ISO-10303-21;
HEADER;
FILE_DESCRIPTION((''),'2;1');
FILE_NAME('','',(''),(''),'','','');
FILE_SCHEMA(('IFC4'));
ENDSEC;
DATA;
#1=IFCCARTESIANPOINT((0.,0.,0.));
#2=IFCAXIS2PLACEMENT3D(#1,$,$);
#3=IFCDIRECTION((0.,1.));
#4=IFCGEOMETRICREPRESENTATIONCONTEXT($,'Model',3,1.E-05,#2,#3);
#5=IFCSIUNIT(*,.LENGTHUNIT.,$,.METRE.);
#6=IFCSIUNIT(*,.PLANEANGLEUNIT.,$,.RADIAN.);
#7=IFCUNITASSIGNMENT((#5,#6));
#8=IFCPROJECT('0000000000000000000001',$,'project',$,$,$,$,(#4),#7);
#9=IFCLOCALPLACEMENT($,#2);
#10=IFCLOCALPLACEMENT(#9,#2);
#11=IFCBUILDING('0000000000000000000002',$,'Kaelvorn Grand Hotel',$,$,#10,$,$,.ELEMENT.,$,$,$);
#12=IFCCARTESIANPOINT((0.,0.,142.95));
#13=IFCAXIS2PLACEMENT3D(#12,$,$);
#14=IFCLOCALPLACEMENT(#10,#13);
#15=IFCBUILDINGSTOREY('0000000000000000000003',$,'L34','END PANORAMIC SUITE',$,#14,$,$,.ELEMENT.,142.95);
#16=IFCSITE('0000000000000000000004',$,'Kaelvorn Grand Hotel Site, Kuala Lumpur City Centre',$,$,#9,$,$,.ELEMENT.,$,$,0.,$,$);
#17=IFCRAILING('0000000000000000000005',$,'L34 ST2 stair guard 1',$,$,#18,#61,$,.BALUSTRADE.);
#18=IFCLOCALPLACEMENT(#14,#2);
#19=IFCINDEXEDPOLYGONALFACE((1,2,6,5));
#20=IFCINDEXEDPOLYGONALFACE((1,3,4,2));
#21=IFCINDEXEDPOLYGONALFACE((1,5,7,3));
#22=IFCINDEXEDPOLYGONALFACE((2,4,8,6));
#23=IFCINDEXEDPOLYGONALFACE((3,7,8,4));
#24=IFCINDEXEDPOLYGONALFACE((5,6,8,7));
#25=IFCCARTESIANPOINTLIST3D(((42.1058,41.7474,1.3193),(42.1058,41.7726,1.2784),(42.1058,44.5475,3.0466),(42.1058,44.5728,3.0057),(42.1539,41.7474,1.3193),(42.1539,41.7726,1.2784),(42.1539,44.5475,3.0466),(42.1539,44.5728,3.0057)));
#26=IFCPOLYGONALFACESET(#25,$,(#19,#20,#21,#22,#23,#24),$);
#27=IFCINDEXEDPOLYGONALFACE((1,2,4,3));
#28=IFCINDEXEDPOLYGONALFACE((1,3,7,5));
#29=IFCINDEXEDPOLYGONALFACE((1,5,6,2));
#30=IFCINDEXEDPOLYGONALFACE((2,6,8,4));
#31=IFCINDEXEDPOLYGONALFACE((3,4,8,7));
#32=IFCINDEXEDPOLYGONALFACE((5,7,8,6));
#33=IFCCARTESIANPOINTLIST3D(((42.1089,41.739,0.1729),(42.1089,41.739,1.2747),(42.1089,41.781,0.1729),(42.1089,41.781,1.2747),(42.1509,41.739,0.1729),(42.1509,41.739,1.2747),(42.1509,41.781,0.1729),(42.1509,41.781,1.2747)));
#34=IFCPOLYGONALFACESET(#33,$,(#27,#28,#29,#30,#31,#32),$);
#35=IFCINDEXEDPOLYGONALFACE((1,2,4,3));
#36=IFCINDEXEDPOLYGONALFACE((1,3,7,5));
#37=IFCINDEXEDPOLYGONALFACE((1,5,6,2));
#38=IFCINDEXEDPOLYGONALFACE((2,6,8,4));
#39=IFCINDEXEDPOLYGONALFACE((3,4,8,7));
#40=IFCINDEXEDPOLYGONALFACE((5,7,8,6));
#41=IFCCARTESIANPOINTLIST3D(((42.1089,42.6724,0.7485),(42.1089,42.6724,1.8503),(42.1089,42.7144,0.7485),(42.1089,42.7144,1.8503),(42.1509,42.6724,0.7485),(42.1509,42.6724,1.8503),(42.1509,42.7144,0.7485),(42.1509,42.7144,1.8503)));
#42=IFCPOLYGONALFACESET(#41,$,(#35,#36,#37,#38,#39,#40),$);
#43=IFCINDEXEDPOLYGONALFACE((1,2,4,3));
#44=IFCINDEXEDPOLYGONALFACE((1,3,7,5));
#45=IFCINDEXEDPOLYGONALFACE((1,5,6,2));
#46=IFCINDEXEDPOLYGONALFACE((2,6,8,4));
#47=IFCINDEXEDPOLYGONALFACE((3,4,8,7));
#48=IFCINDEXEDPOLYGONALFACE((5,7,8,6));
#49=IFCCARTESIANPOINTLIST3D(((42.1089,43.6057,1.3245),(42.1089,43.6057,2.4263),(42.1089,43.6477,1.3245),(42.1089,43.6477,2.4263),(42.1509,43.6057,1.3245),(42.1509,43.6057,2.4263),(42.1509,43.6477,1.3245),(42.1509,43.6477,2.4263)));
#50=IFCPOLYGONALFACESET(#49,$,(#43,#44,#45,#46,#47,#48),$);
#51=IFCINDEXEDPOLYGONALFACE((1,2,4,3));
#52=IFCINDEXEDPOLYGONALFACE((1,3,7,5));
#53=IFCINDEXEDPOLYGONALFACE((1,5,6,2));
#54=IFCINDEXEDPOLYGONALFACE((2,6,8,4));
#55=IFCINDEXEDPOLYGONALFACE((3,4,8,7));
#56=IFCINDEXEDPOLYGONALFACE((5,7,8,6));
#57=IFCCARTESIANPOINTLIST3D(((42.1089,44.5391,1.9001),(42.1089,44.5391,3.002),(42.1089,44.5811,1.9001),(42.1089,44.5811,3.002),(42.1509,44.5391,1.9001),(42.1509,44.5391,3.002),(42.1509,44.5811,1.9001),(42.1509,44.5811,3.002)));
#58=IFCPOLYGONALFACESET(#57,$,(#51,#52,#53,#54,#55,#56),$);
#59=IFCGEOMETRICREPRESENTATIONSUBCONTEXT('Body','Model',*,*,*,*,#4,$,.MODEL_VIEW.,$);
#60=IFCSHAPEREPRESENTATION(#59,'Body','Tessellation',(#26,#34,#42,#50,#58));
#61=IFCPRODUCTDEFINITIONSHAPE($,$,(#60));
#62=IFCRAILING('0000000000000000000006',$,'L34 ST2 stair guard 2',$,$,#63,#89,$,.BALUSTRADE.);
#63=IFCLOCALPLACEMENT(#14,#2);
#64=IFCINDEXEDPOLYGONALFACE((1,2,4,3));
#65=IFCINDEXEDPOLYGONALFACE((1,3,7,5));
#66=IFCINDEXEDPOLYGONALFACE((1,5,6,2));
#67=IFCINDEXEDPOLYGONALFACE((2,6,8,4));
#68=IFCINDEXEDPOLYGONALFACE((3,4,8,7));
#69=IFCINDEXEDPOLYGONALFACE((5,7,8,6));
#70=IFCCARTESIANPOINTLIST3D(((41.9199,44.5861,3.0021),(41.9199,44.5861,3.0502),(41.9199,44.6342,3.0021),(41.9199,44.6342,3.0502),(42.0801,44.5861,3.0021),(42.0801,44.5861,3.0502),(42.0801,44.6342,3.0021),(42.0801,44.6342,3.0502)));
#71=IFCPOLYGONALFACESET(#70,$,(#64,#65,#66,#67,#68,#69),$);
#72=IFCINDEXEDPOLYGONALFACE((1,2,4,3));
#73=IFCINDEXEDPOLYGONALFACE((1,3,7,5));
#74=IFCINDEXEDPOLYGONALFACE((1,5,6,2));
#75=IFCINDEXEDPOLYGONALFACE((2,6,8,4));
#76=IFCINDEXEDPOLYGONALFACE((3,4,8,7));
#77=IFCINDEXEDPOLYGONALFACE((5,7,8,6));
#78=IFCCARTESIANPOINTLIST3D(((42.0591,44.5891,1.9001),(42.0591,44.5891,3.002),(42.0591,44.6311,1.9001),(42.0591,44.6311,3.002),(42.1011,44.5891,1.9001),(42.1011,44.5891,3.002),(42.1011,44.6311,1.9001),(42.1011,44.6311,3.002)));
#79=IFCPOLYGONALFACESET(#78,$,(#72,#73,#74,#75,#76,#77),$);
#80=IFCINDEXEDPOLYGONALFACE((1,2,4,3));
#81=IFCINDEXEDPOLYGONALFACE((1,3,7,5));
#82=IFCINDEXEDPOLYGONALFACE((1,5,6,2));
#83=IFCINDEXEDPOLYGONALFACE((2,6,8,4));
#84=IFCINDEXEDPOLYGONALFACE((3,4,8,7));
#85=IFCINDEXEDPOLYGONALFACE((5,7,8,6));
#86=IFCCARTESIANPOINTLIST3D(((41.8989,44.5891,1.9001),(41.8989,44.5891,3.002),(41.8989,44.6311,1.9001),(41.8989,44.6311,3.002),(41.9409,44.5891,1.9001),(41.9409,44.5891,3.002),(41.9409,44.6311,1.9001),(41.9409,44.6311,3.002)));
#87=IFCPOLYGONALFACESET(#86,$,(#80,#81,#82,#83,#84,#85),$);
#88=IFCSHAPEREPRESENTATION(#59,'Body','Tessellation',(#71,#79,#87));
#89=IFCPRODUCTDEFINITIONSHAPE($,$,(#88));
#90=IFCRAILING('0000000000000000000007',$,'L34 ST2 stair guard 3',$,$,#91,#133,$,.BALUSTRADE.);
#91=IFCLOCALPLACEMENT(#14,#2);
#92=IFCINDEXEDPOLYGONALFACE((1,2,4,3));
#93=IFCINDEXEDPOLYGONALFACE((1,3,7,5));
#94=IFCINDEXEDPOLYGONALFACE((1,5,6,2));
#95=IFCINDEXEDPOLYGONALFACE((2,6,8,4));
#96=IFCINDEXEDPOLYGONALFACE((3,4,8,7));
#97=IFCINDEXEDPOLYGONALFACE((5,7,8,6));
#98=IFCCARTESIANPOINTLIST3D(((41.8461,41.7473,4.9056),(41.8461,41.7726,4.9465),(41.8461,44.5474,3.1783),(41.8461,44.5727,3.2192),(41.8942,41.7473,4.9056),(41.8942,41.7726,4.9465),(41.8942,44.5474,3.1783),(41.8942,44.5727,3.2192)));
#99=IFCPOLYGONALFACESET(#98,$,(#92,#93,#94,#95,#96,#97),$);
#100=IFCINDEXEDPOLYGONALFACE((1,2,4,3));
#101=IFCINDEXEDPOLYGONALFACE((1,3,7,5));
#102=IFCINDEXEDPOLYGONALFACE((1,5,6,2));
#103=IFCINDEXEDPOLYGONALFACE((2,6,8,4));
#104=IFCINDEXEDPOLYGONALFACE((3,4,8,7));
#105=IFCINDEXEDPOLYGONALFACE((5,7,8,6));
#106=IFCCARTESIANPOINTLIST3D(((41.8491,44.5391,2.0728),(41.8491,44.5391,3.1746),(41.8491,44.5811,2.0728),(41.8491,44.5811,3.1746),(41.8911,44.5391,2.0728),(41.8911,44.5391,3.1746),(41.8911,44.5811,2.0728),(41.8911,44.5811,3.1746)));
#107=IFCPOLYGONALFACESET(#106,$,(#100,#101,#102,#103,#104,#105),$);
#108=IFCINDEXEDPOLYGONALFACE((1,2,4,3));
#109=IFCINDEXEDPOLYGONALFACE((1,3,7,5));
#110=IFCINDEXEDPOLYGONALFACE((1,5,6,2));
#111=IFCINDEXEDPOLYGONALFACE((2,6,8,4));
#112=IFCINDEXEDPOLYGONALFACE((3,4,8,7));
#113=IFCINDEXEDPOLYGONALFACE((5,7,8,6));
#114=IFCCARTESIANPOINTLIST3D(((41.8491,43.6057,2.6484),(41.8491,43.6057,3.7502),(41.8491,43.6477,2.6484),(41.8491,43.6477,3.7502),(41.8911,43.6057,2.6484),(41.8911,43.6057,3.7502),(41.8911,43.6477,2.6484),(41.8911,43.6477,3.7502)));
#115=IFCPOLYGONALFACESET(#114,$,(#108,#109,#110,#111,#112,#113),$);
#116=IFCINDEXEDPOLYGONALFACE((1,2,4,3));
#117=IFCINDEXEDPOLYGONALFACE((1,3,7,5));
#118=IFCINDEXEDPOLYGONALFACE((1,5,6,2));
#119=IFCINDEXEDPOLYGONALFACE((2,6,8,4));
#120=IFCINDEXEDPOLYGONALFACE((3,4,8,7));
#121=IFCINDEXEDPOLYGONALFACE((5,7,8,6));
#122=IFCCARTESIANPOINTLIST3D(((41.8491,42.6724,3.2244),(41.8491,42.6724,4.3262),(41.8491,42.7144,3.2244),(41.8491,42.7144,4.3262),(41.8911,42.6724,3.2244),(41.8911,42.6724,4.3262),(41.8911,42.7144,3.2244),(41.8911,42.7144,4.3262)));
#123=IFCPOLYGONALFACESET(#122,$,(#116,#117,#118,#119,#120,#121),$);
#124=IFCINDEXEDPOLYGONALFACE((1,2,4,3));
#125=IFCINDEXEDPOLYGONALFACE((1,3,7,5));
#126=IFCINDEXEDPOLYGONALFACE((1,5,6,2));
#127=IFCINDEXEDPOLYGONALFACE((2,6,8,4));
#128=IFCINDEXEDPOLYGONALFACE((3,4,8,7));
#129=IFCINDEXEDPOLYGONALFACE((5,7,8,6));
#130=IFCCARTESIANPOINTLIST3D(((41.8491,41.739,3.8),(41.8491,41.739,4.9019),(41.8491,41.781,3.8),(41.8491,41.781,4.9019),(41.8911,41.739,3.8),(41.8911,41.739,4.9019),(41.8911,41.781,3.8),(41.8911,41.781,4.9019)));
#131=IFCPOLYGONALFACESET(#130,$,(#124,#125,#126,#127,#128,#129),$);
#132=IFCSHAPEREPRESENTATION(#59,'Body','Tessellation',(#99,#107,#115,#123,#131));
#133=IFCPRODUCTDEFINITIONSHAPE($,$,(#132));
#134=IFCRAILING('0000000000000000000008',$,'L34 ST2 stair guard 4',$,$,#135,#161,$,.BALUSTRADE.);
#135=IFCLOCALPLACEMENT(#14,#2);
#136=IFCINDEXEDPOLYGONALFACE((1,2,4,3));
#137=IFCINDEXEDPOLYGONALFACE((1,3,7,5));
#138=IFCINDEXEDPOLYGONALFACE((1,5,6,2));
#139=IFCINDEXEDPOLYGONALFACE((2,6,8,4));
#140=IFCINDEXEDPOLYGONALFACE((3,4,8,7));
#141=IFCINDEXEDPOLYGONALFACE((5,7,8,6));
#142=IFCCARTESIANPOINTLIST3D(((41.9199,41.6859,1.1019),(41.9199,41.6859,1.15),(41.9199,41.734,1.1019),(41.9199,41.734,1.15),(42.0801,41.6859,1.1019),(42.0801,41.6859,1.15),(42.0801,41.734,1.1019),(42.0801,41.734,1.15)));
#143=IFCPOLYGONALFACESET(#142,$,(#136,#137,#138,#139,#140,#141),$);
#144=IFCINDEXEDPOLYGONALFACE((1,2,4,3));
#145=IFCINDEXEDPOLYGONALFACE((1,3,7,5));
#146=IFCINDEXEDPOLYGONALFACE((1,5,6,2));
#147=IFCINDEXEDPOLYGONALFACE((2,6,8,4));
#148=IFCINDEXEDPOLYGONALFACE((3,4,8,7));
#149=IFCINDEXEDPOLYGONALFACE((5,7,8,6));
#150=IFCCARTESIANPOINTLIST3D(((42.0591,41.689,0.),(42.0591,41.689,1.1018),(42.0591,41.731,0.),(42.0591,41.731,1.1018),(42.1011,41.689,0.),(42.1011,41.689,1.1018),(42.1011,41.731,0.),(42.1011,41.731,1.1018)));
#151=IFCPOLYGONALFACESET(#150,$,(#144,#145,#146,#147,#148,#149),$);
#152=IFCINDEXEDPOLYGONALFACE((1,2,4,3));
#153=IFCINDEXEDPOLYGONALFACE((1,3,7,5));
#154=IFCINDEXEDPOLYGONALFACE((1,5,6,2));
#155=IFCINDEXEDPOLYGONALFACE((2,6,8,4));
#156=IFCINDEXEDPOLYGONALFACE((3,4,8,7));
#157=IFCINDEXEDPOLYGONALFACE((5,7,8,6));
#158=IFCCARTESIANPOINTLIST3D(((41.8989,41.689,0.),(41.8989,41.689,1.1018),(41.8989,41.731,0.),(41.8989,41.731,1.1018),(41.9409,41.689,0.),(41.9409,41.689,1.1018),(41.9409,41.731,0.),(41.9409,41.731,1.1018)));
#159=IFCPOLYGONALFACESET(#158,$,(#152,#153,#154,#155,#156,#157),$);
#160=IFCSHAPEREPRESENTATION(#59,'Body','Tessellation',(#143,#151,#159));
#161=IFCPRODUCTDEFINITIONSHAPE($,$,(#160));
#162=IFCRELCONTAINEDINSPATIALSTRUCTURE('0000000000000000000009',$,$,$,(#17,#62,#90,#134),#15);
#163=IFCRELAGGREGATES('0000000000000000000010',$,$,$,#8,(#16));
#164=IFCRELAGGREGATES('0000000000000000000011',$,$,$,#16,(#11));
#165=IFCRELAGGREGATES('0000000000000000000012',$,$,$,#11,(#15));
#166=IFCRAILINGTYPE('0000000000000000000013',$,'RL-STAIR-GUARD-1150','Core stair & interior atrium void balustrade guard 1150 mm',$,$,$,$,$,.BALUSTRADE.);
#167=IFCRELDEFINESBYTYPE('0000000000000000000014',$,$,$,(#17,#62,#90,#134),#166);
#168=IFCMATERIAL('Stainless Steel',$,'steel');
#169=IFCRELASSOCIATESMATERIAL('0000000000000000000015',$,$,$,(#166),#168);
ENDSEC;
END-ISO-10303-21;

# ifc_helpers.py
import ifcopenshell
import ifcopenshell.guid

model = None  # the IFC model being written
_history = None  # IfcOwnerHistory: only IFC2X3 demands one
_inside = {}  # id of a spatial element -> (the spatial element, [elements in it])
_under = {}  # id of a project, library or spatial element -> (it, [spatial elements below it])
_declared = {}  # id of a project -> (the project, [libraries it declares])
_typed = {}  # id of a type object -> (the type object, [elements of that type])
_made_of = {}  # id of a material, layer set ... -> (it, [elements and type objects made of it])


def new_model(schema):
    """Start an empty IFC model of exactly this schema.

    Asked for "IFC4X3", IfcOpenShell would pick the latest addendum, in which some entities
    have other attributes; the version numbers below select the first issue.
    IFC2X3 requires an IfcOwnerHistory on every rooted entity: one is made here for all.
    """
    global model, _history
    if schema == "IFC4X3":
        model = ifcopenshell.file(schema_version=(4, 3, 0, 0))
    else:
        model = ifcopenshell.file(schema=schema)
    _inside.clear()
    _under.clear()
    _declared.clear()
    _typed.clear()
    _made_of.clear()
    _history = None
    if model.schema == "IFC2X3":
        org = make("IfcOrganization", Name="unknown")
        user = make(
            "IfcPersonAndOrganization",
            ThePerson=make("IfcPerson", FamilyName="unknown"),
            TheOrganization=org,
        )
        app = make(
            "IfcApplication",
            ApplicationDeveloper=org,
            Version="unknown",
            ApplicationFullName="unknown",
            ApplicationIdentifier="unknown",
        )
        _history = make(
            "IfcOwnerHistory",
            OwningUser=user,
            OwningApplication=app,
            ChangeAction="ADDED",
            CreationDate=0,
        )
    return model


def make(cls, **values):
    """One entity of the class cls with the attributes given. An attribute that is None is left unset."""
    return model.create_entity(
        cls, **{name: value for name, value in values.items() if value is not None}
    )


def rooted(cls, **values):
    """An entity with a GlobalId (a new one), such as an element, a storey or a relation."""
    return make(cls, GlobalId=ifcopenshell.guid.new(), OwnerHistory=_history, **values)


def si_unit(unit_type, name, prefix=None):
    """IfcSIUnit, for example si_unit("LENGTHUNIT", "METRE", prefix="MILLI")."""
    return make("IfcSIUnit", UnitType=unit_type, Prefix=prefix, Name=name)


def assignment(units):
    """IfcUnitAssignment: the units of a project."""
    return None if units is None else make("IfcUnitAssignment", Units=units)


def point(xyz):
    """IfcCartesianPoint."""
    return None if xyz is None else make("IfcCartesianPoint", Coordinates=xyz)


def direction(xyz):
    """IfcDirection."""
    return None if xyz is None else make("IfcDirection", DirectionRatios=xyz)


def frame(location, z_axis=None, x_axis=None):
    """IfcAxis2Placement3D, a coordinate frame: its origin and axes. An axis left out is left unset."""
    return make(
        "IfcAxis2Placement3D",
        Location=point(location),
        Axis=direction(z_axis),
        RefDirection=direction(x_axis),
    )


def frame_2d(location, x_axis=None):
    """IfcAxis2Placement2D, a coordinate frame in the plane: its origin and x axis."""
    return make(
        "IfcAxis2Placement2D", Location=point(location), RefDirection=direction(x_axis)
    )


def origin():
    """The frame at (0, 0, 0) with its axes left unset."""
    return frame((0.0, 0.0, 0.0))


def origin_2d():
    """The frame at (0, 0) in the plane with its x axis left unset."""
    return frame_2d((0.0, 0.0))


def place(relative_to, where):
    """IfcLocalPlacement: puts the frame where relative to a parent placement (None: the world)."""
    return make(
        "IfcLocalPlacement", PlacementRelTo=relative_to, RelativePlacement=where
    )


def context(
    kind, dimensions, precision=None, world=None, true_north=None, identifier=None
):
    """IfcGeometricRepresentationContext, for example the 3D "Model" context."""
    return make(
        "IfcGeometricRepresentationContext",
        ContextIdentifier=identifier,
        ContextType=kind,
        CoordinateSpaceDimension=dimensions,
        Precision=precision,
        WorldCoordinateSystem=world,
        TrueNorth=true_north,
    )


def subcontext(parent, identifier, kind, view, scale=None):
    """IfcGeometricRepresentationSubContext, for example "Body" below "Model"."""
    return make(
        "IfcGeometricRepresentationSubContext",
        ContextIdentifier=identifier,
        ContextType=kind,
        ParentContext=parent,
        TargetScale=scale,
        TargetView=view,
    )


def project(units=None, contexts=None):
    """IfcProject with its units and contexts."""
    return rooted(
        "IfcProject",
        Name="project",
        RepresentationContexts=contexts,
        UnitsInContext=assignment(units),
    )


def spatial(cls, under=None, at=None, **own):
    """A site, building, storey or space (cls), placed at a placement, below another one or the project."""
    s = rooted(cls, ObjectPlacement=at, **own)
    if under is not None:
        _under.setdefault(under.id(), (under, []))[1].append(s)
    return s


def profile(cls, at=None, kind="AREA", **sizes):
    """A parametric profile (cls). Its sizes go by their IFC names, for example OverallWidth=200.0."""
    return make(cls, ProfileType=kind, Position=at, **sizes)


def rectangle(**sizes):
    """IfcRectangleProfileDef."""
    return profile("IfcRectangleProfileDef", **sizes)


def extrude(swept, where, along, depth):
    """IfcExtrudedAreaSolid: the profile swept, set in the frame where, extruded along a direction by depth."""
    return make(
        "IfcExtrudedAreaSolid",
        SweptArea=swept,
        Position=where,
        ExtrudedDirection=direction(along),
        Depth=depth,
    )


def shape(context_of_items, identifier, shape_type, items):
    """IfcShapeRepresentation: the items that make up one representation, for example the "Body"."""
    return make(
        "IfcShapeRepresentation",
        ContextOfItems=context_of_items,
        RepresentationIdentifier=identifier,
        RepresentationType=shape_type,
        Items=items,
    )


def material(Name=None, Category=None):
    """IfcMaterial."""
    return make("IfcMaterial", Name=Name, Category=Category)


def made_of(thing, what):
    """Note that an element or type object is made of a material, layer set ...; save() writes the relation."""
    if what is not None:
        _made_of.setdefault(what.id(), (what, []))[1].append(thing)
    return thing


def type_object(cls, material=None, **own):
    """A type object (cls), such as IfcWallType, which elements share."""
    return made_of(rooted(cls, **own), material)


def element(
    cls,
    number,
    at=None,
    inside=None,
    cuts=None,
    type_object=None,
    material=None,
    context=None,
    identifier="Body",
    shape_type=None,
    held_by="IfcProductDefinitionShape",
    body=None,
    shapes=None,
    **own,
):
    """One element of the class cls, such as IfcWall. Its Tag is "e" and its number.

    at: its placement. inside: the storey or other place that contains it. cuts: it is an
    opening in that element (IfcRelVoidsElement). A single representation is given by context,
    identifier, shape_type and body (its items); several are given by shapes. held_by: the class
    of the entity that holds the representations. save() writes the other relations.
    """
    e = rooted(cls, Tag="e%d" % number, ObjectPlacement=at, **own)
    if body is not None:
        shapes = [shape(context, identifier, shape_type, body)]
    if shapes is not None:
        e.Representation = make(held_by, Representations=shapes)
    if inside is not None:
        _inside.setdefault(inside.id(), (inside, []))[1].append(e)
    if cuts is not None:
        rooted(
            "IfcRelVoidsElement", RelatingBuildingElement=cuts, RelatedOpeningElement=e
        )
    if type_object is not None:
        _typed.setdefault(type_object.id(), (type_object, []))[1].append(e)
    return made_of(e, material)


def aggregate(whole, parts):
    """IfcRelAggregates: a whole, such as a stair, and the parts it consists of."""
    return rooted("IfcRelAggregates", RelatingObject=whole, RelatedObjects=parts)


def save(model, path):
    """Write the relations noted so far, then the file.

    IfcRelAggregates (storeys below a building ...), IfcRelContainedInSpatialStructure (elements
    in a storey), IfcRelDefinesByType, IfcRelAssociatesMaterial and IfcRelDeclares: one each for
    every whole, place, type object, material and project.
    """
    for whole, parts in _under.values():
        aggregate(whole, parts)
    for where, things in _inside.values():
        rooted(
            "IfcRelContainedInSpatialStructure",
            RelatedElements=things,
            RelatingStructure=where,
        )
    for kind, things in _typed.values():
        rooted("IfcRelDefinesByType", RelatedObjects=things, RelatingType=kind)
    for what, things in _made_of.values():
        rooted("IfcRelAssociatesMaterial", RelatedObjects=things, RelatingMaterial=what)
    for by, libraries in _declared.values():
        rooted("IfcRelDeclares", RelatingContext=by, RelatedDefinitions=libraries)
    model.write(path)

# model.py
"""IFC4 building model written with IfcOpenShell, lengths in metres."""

from ifc_helpers import new_model, si_unit, direction, frame, origin, origin_2d, place, context, subcontext, project, spatial, rectangle, extrude, material, type_object, element, save


model = new_model("IFC4")

# Units and contexts
model_context = context("Model", 3, precision=1e-05, world=origin(), true_north=direction((0.0, 1.0)))
body_context = subcontext(model_context, "Body", "Model", "MODEL_VIEW")
ifc_project = project(units=[si_unit("LENGTHUNIT", "METRE"), si_unit("PLANEANGLEUNIT", "RADIAN")], contexts=[model_context])

# Site, building, storey
site_placement = place(None, origin())
site = spatial("IfcSite", under=ifc_project, at=site_placement, Name="Kaelvorn Grand Hotel Site, Kuala Lumpur City Centre", CompositionType="ELEMENT", RefElevation=0.0)
building_placement = place(site_placement, origin())
building = spatial("IfcBuilding", under=site, at=building_placement, Name="Kaelvorn Grand Hotel", CompositionType="ELEMENT")
storey_placement = place(building_placement, frame((0.0, 0.0, 142.95)))
storey = spatial("IfcBuildingStorey", under=building, at=storey_placement, Name="L34", Description="END PANORAMIC SUITE", CompositionType="ELEMENT", Elevation=142.95)

# Railings
ifc_material_1 = material(Name="Stainless Steel", Category="steel")
railing_type_1 = type_object("IfcRailingType", Name="RL-STAIR-GUARD-1150", Description="Core stair & interior atrium void balustrade guard 1150 mm", PredefinedType="BALUSTRADE", material=ifc_material_1)
railing_1_placement = place(storey_placement, frame((42.1299, 41.76, 0.1729)))
element("IfcRailing", 1, at=railing_1_placement, inside=storey, type_object=railing_type_1, Name="L34 ST2 stair guard 1", PredefinedType="BALUSTRADE", context=body_context, shape_type="SweptSolid", body=[
    extrude(rectangle(XDim=0.0481, YDim=0.0481, at=origin_2d()), frame((0.0, 0.0, 1.126), z_axis=(0.0, 0.85109, 0.52502), x_axis=(-1.0, 0.0, 0.0)), (0.0, 0.0, 1.0), 3.29),
    extrude(rectangle(XDim=0.042, YDim=0.042, at=origin_2d()), origin(), (0.0, 0.0, 1.0), 1.1018),
    extrude(rectangle(XDim=0.042, YDim=0.042, at=origin_2d()), frame((0.0, 0.9333, 0.5757)), (0.0, 0.0, 1.0), 1.1018),
    extrude(rectangle(XDim=0.042, YDim=0.042, at=origin_2d()), frame((0.0, 1.8667, 1.1516)), (0.0, 0.0, 1.0), 1.1018),
    extrude(rectangle(XDim=0.042, YDim=0.042, at=origin_2d()), frame((0.0, 2.8, 1.7273)), (0.0, 0.0, 1.0), 1.1018),
])
railing_2_placement = place(storey_placement, frame((42.0801, 44.6101, 1.9001)))
element("IfcRailing", 2, at=railing_2_placement, inside=storey, type_object=railing_type_1, Name="L34 ST2 stair guard 2", PredefinedType="BALUSTRADE", context=body_context, shape_type="SweptSolid", body=[
    extrude(rectangle(XDim=0.0481, YDim=0.0481, at=origin_2d()), frame((0.0, 0.0, 1.126), z_axis=(-1.0, 0.0, 0.0), x_axis=(0.0, -1.0, 0.0)), (0.0, 0.0, 1.0), 0.1602),
    extrude(rectangle(XDim=0.042, YDim=0.042, at=origin_2d()), origin(), (0.0, 0.0, 1.0), 1.1018),
    extrude(rectangle(XDim=0.042, YDim=0.042, at=origin_2d()), frame((-0.1602, 0.0, 0.0)), (0.0, 0.0, 1.0), 1.1018),
])
railing_3_placement = place(storey_placement, frame((41.8701, 44.5601, 2.0728)))
element("IfcRailing", 3, at=railing_3_placement, inside=storey, type_object=railing_type_1, Name="L34 ST2 stair guard 3", PredefinedType="BALUSTRADE", context=body_context, shape_type="SweptSolid", body=[
    extrude(rectangle(XDim=0.0481, YDim=0.0481, at=origin_2d()), frame((0.0, 0.0, 1.126), z_axis=(0.0, -0.85109, 0.52502), x_axis=(1.0, 0.0, 0.0)), (0.0, 0.0, 1.0), 3.29),
    extrude(rectangle(XDim=0.042, YDim=0.042, at=origin_2d()), origin(), (0.0, 0.0, 1.0), 1.1018),
    extrude(rectangle(XDim=0.042, YDim=0.042, at=origin_2d()), frame((0.0, -0.9333, 0.5757)), (0.0, 0.0, 1.0), 1.1018),
    extrude(rectangle(XDim=0.042, YDim=0.042, at=origin_2d()), frame((0.0, -1.8667, 1.1516)), (0.0, 0.0, 1.0), 1.1018),
    extrude(rectangle(XDim=0.042, YDim=0.042, at=origin_2d()), frame((0.0, -2.8, 1.7273)), (0.0, 0.0, 1.0), 1.1018),
])
railing_4_placement = place(storey_placement, frame((42.0801, 41.71, 0.0)))
element("IfcRailing", 4, at=railing_4_placement, inside=storey, type_object=railing_type_1, Name="L34 ST2 stair guard 4", PredefinedType="BALUSTRADE", context=body_context, shape_type="SweptSolid", body=[
    extrude(rectangle(XDim=0.0481, YDim=0.0481, at=origin_2d()), frame((0.0, 0.0, 1.126), z_axis=(-1.0, 0.0, 0.0), x_axis=(0.0, -1.0, 0.0)), (0.0, 0.0, 1.0), 0.1602),
    extrude(rectangle(XDim=0.042, YDim=0.042, at=origin_2d()), origin(), (0.0, 0.0, 1.0), 1.1018),
    extrude(rectangle(XDim=0.042, YDim=0.042, at=origin_2d()), frame((-0.1602, 0.0, 0.0)), (0.0, 0.0, 1.0), 1.1018),
])

save(model, "model.ifc")
